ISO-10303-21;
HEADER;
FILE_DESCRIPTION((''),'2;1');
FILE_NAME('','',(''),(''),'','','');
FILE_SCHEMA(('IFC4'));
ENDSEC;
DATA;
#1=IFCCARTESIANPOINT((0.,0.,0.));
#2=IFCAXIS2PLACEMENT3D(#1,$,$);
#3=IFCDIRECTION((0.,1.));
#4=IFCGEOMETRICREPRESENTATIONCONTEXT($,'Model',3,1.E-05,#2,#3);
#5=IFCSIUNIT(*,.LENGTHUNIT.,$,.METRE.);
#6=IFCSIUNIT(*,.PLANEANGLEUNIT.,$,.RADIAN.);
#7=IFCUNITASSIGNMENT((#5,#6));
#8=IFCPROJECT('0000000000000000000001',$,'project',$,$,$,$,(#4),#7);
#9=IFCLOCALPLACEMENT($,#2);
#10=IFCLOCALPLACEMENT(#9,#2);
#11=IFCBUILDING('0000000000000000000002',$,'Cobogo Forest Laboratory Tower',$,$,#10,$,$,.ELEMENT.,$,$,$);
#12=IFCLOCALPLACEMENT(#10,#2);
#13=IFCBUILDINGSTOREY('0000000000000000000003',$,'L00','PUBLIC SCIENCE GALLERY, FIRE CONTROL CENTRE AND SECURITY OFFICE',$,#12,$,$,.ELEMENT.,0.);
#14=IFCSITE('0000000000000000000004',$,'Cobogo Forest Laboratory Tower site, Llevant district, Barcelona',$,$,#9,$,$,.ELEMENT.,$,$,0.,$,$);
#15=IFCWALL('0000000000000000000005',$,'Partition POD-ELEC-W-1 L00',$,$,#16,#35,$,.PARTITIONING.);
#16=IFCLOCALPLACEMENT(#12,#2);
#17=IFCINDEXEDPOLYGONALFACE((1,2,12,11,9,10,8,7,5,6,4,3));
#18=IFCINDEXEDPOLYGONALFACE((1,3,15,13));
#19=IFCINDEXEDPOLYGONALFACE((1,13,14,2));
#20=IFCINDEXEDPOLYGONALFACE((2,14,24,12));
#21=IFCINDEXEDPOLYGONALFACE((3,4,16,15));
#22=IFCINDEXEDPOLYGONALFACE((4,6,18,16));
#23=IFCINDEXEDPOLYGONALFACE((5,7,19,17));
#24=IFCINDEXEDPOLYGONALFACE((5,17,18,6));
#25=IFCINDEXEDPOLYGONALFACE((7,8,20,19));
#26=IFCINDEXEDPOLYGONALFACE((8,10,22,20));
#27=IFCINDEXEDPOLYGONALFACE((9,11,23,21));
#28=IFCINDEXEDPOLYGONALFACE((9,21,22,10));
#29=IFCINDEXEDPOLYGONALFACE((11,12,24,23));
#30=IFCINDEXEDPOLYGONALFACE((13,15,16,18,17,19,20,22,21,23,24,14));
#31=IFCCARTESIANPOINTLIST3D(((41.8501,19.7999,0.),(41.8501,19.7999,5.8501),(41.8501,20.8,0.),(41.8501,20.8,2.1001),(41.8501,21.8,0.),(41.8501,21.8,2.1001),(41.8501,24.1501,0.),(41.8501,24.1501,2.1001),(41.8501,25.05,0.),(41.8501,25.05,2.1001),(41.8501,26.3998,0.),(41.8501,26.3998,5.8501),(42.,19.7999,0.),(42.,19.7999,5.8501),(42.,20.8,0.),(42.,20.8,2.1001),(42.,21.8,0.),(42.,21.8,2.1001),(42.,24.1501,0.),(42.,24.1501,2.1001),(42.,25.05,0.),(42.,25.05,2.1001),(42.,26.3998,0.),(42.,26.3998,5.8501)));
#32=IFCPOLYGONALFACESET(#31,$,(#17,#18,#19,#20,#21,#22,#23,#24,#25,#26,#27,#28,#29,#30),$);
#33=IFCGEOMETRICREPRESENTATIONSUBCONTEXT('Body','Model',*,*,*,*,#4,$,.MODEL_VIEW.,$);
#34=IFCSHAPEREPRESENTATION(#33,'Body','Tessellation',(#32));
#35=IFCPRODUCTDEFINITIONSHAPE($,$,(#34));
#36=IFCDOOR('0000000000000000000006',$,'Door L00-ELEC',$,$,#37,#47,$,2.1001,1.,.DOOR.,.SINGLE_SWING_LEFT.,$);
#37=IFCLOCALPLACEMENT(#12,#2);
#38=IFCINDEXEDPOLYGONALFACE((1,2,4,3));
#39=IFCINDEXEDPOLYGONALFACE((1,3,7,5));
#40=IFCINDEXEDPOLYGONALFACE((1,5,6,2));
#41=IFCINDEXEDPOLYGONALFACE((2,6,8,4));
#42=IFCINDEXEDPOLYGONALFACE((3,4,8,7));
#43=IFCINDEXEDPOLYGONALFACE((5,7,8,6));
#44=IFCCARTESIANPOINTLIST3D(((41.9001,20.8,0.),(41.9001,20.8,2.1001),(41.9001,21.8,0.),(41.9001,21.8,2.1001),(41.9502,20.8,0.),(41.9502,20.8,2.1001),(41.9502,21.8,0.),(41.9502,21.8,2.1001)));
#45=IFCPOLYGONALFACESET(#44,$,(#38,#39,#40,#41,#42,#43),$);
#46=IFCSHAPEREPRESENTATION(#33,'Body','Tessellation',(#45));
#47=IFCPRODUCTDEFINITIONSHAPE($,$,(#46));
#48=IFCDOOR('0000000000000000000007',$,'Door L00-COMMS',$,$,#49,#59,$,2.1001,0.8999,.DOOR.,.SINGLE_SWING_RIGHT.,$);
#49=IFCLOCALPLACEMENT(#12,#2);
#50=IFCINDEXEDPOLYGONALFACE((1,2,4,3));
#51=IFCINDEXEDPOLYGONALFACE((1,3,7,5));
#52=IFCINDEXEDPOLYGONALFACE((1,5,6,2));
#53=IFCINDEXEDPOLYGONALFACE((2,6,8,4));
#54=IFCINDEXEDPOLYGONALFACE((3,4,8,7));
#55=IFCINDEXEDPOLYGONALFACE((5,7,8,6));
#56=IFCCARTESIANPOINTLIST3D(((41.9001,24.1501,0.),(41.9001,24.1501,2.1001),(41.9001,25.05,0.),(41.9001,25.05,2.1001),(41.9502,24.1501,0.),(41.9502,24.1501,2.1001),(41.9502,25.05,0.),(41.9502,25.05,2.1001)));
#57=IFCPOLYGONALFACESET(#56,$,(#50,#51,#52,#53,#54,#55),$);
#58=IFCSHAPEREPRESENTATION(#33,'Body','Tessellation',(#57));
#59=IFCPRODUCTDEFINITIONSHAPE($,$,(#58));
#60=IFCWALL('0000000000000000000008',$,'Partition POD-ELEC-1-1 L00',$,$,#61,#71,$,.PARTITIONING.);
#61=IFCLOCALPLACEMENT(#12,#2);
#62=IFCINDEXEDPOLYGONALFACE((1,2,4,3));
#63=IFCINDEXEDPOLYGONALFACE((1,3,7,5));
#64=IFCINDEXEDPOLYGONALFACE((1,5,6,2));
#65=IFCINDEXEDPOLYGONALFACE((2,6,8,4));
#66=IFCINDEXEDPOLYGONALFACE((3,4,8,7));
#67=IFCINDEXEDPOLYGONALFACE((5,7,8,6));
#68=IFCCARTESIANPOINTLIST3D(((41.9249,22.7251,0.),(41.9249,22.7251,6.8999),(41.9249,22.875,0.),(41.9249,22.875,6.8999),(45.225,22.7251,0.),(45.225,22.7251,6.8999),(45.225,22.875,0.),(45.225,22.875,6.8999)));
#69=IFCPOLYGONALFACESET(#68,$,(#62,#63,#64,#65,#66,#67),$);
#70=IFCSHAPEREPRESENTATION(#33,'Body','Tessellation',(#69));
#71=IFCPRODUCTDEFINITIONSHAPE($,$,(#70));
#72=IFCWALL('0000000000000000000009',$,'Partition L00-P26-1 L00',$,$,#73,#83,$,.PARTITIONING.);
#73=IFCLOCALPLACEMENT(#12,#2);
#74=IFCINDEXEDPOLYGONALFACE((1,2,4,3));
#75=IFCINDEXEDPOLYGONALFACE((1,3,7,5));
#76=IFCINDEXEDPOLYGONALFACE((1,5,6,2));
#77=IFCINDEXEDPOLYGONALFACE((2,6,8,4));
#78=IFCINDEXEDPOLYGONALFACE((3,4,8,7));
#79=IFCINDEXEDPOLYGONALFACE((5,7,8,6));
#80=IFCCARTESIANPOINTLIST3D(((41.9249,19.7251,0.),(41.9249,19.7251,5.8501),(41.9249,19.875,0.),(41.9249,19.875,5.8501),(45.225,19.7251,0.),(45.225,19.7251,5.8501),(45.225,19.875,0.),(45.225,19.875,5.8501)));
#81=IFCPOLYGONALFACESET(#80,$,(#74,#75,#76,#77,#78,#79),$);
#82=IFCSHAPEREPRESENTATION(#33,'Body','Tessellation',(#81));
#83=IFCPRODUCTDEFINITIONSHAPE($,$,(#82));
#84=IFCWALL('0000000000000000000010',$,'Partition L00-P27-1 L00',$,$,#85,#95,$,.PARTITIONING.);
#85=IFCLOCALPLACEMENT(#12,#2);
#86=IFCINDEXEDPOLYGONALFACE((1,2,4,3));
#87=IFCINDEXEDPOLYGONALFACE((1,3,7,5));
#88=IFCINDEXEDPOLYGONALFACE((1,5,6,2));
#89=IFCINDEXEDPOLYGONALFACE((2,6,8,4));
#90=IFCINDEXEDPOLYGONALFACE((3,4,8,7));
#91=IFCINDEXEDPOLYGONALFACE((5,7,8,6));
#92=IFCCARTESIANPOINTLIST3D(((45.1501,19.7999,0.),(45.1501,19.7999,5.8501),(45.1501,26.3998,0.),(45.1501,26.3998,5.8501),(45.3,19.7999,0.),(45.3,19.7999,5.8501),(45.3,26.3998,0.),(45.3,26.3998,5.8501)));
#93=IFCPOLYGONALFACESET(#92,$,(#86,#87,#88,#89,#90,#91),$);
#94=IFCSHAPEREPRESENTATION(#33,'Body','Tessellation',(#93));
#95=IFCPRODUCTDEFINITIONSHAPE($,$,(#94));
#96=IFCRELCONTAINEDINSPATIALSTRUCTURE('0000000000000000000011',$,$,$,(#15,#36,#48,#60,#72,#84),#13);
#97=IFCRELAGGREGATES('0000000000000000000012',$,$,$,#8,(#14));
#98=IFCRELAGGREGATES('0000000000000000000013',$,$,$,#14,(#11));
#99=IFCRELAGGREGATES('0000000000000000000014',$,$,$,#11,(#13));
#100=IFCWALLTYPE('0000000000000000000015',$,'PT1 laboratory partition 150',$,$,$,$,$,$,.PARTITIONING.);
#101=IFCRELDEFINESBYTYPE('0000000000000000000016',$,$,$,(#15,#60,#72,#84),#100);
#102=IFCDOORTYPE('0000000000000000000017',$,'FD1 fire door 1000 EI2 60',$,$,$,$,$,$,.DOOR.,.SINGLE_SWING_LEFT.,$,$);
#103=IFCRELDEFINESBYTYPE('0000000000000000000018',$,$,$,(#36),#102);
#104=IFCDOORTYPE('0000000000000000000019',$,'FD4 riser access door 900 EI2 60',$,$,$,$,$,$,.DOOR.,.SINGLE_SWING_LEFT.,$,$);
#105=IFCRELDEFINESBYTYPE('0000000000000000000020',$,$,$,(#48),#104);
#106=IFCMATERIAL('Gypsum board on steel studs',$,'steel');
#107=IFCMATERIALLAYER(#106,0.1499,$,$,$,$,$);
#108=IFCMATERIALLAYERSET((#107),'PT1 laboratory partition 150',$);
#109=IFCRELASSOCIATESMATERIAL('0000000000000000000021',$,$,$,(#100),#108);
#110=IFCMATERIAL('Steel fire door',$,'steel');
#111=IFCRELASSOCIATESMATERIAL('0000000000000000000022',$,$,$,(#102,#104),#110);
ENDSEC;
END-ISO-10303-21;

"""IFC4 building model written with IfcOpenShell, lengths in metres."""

from ifc_helpers import new_model, si_unit, direction, frame, frame_2d, origin, place, context, subcontext, project, spatial, rectangle, extrude, material, layer, layer_set, type_object, element, fill, save


model = new_model("IFC4")

# Units and contexts
model_context = context("Model", 3, precision=1e-05, world=origin(), true_north=direction((0.0, 1.0)))
body_context = subcontext(model_context, "Body", "Model", "MODEL_VIEW")
ifc_project = project(units=[si_unit("LENGTHUNIT", "METRE"), si_unit("PLANEANGLEUNIT", "RADIAN")], contexts=[model_context])

# Site, building, storey
site_placement = place(None, origin())
site = spatial("IfcSite", under=ifc_project, at=site_placement, Name="Cobogo Forest Laboratory Tower site, Llevant district, Barcelona", CompositionType="ELEMENT", RefElevation=0.0)
building_placement = place(site_placement, origin())
building = spatial("IfcBuilding", under=site, at=building_placement, Name="Cobogo Forest Laboratory Tower", CompositionType="ELEMENT")
storey_placement = place(building_placement, origin())
storey = spatial("IfcBuildingStorey", under=building, at=storey_placement, Name="L00", Description="PUBLIC SCIENCE GALLERY, FIRE CONTROL CENTRE AND SECURITY OFFICE", CompositionType="ELEMENT", Elevation=0.0)

# Wall, openings, doors
ifc_material_1 = material(Name="Gypsum board on steel studs", Category="steel")
ifc_layer_1 = layer(ifc_material_1, 0.1499)
ifc_layer_set_1 = layer_set([ifc_layer_1], Name="PT1 laboratory partition 150")
wall_type = type_object("IfcWallType", Name="PT1 laboratory partition 150", PredefinedType="PARTITIONING", material=ifc_layer_set_1)
wall_1_placement = place(storey_placement, frame((41.925, 19.8, 0.0), z_axis=(0.0, 0.0, 1.0), x_axis=(0.0, 1.0, 0.0)))
wall_1 = element("IfcWall", 1, at=wall_1_placement, inside=storey, type_object=wall_type, Name="Partition POD-ELEC-W-1 L00", PredefinedType="PARTITIONING", context=body_context, shape_type="SweptSolid", body=[
    extrude(rectangle(XDim=6.5999, YDim=0.1499, at=frame_2d((3.2998, 0.0))), origin(), (0.0, 0.0, 1.0), 5.8501),
])
opening_1_placement = place(wall_1_placement, frame((1.0, 0.0, 0.0)))
opening_1 = element("IfcOpeningElement", 2, at=opening_1_placement, cuts=wall_1, PredefinedType="OPENING", context=body_context, shape_type="SweptSolid", body=[
    extrude(rectangle(XDim=1.0, YDim=2.1001, at=frame_2d((0.5, 1.05))), frame((0.0, 0.085, 0.0), z_axis=(0.0, -1.0, 0.0), x_axis=(1.0, 0.0, 0.0)), (0.0, 0.0, 1.0), 0.1699),
])
opening_2_placement = place(wall_1_placement, frame((4.3501, 0.0, 0.0)))
opening_2 = element("IfcOpeningElement", 3, at=opening_2_placement, cuts=wall_1, PredefinedType="OPENING", context=body_context, shape_type="SweptSolid", body=[
    extrude(rectangle(XDim=0.8999, YDim=2.1001, at=frame_2d((0.45, 1.05))), frame((0.0, 0.085, 0.0), z_axis=(0.0, -1.0, 0.0), x_axis=(1.0, 0.0, 0.0)), (0.0, 0.0, 1.0), 0.1699),
])
ifc_material_2 = material(Name="Steel fire door", Category="steel")
door_type_1 = type_object("IfcDoorType", Name="FD1 fire door 1000 EI2 60", OperationType="SINGLE_SWING_LEFT", PredefinedType="DOOR", material=ifc_material_2)
door_1_placement = place(opening_1_placement, origin())
door_1 = element("IfcDoor", 4, at=door_1_placement, inside=storey, type_object=door_type_1, Name="Door L00-ELEC", OperationType="SINGLE_SWING_LEFT", OverallHeight=2.1001, OverallWidth=1.0, PredefinedType="DOOR", context=body_context, shape_type="SweptSolid", body=[
    extrude(rectangle(XDim=1.0, YDim=2.1001, at=frame_2d((0.5, 1.05))), frame((0.0, 0.0249, 0.0), z_axis=(0.0, -1.0, 0.0), x_axis=(1.0, 0.0, 0.0)), (0.0, 0.0, 1.0), 0.05),
])
fill(opening_1, door_1)
door_type_2 = type_object("IfcDoorType", Name="FD4 riser access door 900 EI2 60", OperationType="SINGLE_SWING_LEFT", PredefinedType="DOOR", material=ifc_material_2)
door_2_placement = place(opening_2_placement, origin())
door_2 = element("IfcDoor", 5, at=door_2_placement, inside=storey, type_object=door_type_2, Name="Door L00-COMMS", OperationType="SINGLE_SWING_RIGHT", OverallHeight=2.1001, OverallWidth=0.8999, PredefinedType="DOOR", context=body_context, shape_type="SweptSolid", body=[
    extrude(rectangle(XDim=0.8999, YDim=2.1001, at=frame_2d((0.45, 1.05))), frame((0.0, 0.0249, 0.0), z_axis=(0.0, -1.0, 0.0), x_axis=(1.0, 0.0, 0.0)), (0.0, 0.0, 1.0), 0.05),
])
fill(opening_2, door_2)

# Walls
wall_2_placement = place(storey_placement, frame((41.925, 22.8, 0.0), z_axis=(0.0, 0.0, 1.0), x_axis=(1.0, 0.0, 0.0)))
element("IfcWall", 6, at=wall_2_placement, inside=storey, type_object=wall_type, Name="Partition POD-ELEC-1-1 L00", PredefinedType="PARTITIONING", context=body_context, shape_type="SweptSolid", body=[
    extrude(rectangle(XDim=3.3, YDim=0.1499, at=frame_2d((1.6499, 0.0))), origin(), (0.0, 0.0, 1.0), 6.8999),
])
wall_3_placement = place(storey_placement, frame((41.925, 19.8, 0.0), z_axis=(0.0, 0.0, 1.0), x_axis=(1.0, 0.0, 0.0)))
element("IfcWall", 7, at=wall_3_placement, inside=storey, type_object=wall_type, Name="Partition L00-P26-1 L00", PredefinedType="PARTITIONING", context=body_context, shape_type="SweptSolid", body=[
    extrude(rectangle(XDim=3.3, YDim=0.1499, at=frame_2d((1.6499, 0.0))), origin(), (0.0, 0.0, 1.0), 5.8501),
])
wall_4_placement = place(storey_placement, frame((45.2251, 19.8, 0.0), z_axis=(0.0, 0.0, 1.0), x_axis=(0.0, 1.0, 0.0)))
element("IfcWall", 8, at=wall_4_placement, inside=storey, type_object=wall_type, Name="Partition L00-P27-1 L00", PredefinedType="PARTITIONING", context=body_context, shape_type="SweptSolid", body=[
    extrude(rectangle(XDim=6.5999, YDim=0.1499, at=frame_2d((3.2998, 0.0))), origin(), (0.0, 0.0, 1.0), 5.8501),
])

save(model, "model.ifc")
